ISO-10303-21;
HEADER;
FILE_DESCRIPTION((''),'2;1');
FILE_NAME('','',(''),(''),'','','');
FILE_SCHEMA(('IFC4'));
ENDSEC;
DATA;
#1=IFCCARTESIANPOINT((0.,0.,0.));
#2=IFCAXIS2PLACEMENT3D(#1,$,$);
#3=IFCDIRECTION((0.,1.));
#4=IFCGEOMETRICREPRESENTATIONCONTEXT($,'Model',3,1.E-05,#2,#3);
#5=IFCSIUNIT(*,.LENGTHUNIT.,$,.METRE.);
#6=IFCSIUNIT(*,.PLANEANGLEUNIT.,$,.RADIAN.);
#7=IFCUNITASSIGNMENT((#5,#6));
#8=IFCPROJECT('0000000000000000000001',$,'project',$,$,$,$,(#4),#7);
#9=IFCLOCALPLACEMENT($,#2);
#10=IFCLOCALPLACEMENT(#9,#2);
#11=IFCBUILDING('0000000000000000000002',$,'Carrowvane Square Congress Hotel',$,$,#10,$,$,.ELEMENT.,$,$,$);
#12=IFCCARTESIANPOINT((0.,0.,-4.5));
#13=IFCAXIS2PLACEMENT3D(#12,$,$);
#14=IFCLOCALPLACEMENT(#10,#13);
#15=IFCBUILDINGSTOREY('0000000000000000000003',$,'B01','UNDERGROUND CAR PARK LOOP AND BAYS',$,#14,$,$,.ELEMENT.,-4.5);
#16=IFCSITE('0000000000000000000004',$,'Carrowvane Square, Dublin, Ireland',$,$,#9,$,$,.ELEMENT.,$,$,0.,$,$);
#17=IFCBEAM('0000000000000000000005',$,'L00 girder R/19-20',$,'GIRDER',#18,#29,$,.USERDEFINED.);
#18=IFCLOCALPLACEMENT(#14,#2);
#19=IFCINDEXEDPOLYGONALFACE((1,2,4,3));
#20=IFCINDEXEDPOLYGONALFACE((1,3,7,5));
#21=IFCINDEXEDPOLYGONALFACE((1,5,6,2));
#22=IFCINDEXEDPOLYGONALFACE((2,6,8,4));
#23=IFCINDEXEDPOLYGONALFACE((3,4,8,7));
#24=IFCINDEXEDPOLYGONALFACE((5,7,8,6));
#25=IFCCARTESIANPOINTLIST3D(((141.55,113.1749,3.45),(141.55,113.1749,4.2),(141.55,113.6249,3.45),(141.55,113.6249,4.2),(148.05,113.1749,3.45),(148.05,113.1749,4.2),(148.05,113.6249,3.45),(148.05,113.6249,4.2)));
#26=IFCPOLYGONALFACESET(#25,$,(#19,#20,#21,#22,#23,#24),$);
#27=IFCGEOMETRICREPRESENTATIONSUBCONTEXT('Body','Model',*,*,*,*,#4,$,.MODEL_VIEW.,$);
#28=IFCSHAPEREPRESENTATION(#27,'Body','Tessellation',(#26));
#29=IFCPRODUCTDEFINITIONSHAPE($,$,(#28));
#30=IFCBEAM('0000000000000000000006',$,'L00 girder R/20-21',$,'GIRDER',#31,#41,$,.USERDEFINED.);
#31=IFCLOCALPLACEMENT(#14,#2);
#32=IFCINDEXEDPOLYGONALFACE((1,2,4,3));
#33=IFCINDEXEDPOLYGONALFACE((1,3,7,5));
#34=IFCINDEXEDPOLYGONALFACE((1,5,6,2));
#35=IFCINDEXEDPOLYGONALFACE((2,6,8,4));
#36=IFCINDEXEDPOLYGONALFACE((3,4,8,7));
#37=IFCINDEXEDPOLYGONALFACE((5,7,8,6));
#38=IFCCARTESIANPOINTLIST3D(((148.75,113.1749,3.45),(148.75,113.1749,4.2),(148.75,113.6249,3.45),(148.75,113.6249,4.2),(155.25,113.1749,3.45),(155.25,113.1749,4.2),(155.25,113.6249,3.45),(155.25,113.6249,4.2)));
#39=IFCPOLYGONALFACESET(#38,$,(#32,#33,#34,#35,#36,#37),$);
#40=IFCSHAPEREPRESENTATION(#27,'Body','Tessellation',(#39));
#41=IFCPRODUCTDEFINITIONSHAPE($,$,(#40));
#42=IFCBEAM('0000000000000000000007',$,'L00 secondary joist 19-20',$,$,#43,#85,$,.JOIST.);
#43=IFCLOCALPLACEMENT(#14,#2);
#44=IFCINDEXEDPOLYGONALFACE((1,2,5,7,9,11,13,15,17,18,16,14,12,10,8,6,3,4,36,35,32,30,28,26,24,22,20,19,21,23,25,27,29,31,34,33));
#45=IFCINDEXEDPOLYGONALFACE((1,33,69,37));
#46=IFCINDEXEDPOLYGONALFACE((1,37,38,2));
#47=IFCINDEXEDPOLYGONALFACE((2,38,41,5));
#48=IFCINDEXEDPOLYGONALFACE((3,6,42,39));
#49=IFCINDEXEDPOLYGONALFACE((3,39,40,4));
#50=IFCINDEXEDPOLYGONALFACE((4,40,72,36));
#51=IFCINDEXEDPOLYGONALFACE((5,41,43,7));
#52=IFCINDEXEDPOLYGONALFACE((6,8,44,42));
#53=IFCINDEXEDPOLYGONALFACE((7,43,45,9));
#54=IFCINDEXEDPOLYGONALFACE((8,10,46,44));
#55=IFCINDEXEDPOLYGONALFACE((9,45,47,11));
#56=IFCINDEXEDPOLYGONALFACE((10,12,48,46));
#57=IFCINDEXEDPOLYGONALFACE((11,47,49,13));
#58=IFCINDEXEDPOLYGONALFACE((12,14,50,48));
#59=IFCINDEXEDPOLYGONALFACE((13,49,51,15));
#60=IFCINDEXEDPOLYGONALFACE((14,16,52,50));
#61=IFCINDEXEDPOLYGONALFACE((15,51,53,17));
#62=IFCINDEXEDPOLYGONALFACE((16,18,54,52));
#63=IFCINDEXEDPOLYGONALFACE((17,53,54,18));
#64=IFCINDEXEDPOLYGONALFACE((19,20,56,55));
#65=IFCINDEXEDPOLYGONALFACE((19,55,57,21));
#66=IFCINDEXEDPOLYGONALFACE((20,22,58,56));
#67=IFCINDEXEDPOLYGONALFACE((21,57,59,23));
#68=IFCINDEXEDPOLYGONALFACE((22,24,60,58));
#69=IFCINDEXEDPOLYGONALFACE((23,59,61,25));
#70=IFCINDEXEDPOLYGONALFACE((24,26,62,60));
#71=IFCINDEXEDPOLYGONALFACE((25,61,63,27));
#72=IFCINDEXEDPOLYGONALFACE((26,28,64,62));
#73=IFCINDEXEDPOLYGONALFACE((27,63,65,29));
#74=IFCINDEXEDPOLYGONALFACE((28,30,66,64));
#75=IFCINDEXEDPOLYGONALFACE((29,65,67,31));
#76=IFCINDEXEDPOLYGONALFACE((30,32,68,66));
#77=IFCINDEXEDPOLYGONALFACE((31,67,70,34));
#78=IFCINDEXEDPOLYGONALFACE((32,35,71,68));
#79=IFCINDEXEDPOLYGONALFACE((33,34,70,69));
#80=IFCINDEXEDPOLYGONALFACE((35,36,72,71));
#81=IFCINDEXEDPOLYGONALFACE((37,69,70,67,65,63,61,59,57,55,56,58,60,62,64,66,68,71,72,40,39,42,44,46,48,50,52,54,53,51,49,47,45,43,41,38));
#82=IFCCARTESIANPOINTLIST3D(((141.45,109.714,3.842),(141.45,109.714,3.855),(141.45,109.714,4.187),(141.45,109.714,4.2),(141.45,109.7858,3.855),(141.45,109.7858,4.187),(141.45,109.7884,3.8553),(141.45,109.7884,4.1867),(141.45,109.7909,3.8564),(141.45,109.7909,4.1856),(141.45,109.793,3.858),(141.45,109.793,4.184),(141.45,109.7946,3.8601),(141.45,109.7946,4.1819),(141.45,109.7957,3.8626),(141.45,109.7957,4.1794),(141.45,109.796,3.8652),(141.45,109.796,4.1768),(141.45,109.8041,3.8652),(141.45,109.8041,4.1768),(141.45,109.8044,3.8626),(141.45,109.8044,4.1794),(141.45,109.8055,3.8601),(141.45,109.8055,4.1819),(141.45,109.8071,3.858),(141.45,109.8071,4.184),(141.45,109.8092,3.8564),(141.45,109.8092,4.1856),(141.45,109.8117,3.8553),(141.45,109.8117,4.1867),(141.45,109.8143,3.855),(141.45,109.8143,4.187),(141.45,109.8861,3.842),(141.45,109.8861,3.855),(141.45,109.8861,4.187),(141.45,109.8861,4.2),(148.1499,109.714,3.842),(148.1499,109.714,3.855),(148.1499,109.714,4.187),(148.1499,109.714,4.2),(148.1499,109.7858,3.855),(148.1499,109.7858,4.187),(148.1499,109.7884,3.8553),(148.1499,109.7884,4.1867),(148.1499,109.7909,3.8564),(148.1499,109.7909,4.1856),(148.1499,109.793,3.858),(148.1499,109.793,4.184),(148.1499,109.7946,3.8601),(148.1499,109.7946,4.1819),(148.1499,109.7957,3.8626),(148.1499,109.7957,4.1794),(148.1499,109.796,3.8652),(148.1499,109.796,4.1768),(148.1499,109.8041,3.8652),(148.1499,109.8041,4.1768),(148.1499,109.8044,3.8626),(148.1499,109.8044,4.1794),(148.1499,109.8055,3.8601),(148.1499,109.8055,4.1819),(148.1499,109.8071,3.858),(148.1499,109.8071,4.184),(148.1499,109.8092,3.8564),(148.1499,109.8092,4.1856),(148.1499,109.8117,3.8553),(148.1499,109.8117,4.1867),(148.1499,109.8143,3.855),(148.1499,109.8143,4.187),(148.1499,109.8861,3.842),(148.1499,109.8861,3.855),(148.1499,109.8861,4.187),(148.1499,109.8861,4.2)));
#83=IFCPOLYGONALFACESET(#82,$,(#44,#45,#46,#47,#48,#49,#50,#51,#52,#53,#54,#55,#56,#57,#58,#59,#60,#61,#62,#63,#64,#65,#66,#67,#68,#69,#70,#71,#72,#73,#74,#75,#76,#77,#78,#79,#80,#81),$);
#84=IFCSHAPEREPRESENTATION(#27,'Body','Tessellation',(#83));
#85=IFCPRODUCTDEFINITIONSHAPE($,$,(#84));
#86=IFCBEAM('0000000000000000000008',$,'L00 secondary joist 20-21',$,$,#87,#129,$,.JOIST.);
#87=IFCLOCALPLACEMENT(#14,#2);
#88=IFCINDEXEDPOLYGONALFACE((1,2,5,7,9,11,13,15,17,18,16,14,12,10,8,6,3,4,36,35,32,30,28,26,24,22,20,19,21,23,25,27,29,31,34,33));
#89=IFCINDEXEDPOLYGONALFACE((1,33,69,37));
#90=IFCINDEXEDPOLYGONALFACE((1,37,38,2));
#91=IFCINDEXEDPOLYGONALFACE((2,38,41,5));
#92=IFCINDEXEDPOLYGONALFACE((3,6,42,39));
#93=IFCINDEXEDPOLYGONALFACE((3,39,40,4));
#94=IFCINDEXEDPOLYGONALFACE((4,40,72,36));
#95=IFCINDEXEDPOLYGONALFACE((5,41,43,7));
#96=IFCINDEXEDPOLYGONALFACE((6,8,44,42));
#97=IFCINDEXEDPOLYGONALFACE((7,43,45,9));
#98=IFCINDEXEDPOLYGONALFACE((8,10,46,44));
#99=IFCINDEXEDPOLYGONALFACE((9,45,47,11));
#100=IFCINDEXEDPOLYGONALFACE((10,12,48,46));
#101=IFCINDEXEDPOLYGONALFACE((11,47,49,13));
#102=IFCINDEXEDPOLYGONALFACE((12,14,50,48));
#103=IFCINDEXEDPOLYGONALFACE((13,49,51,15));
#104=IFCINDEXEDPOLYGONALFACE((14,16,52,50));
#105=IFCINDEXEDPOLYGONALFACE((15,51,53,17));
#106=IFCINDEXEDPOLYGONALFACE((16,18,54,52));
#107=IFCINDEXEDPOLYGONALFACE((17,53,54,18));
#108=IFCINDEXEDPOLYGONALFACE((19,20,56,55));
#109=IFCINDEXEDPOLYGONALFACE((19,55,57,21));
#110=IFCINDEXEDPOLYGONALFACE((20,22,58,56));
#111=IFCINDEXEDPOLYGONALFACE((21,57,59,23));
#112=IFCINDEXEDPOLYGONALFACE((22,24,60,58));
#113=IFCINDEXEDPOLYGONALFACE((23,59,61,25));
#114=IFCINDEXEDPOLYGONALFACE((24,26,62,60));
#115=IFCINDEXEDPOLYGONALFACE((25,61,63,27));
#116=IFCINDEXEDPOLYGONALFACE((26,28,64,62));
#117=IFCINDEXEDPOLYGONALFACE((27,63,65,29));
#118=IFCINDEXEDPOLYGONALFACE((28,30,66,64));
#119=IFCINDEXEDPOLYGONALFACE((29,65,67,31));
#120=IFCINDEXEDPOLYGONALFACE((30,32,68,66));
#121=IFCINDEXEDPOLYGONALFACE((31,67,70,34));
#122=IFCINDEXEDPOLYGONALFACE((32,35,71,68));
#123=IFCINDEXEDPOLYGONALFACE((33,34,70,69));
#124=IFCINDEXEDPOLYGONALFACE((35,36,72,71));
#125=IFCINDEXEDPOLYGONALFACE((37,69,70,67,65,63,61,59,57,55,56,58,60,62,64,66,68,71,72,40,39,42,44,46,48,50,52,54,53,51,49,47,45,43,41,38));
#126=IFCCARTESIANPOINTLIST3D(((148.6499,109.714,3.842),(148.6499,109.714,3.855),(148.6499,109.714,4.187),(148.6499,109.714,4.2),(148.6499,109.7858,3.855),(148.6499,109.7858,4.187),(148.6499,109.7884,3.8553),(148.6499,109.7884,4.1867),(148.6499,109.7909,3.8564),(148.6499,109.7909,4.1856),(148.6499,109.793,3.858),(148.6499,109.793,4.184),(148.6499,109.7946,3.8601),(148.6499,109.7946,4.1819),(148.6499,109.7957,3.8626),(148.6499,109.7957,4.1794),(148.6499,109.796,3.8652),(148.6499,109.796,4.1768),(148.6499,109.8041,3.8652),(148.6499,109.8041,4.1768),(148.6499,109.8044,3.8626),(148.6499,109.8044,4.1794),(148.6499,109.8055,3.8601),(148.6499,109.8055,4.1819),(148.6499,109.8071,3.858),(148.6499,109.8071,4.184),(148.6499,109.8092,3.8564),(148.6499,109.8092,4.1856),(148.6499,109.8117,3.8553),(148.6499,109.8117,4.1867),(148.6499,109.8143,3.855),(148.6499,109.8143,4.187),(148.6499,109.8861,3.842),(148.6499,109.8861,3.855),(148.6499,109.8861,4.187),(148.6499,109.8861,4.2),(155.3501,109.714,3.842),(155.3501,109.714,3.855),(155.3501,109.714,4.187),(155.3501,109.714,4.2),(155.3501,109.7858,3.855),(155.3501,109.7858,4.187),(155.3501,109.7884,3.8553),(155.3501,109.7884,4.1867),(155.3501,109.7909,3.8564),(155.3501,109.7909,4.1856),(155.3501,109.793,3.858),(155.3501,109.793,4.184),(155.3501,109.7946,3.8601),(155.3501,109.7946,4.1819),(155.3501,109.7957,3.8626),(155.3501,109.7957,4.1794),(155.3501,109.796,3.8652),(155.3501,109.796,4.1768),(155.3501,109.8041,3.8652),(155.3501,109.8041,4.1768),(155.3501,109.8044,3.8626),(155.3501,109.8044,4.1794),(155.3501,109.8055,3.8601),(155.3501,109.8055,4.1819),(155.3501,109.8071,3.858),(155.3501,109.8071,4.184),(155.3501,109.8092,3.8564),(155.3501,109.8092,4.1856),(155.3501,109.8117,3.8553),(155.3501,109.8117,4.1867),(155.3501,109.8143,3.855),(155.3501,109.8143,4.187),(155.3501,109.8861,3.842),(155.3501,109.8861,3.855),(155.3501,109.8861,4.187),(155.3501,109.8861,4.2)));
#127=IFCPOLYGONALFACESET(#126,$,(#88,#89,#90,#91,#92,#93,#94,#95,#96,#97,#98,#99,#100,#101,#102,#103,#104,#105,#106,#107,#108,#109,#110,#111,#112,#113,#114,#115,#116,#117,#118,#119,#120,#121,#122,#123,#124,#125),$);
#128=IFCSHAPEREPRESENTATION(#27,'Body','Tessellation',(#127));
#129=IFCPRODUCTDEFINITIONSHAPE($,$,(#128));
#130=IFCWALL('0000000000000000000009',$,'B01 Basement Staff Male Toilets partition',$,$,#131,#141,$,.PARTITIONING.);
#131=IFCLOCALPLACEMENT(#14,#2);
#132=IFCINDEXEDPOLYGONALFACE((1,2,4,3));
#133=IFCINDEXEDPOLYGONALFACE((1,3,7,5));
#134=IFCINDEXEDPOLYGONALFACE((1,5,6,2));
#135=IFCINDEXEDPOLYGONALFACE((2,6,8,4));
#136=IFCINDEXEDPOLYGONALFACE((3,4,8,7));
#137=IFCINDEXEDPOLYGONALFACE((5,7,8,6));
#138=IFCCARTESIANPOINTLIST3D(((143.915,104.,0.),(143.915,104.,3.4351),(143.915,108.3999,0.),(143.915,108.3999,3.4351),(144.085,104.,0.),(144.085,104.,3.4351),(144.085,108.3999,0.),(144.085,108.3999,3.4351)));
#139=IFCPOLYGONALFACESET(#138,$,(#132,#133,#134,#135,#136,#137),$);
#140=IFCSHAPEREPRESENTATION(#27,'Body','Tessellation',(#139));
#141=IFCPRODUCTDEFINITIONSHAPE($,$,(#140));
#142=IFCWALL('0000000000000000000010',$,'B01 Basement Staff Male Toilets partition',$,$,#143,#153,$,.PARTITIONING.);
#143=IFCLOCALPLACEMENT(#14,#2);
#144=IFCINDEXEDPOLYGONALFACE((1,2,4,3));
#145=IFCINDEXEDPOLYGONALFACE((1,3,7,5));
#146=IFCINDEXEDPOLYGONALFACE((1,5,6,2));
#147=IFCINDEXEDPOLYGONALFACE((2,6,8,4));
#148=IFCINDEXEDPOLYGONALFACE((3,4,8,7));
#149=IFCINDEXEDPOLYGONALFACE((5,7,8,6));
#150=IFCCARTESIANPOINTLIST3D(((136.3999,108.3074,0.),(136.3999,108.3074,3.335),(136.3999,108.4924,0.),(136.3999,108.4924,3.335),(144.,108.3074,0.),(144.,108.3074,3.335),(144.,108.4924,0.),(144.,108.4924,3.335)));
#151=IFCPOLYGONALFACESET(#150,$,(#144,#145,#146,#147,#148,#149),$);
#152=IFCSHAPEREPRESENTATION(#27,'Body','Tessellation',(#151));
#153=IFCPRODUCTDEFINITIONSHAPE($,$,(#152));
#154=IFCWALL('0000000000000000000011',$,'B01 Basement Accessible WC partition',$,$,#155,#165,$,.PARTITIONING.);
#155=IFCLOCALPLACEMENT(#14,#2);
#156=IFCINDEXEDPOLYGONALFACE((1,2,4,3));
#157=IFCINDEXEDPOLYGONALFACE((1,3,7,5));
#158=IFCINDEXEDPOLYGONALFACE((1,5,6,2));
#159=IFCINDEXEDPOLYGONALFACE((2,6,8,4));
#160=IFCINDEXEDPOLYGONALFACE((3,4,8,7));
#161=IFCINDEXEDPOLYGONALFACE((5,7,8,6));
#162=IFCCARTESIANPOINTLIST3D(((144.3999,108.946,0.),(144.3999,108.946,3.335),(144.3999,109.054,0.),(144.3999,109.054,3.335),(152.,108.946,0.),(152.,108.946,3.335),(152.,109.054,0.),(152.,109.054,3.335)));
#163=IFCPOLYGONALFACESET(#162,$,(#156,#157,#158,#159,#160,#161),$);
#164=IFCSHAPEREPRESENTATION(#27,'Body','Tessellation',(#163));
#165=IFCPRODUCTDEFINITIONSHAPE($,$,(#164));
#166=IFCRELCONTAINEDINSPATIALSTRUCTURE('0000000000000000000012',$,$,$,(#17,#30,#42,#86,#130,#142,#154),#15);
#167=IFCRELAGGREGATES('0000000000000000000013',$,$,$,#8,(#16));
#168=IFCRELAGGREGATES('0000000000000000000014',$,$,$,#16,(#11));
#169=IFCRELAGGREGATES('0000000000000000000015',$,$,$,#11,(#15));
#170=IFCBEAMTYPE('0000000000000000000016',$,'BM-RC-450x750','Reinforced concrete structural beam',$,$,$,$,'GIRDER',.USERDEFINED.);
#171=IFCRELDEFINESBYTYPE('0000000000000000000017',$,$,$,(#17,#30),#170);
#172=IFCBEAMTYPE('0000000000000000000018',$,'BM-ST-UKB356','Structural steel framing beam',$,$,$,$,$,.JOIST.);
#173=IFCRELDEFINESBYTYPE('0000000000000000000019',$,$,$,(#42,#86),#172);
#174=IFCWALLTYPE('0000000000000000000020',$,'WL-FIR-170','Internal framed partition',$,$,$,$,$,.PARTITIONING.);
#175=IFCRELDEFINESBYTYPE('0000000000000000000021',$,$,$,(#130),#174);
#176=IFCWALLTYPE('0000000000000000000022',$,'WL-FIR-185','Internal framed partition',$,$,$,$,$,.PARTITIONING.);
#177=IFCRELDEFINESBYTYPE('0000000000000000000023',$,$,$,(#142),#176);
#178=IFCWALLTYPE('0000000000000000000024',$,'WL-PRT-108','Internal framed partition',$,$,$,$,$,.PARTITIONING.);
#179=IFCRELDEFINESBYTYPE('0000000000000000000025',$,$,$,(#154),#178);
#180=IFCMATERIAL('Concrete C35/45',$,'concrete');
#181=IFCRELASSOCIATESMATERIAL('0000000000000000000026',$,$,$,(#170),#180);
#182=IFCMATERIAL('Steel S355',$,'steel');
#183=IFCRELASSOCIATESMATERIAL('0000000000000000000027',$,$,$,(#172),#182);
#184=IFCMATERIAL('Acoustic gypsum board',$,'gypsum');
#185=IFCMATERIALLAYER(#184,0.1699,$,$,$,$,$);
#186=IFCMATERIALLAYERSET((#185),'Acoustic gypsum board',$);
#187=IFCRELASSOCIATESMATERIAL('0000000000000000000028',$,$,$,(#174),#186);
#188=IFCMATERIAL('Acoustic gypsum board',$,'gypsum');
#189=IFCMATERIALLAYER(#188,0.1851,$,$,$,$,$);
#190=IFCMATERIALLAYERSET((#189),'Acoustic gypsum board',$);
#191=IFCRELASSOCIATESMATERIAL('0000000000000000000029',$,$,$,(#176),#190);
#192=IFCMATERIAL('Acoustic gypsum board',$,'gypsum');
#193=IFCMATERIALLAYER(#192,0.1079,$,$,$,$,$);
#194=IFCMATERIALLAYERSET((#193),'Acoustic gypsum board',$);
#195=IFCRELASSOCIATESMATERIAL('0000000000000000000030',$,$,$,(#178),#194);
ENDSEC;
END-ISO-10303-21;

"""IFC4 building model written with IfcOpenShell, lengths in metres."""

from ifc_helpers import new_model, si_unit, direction, frame, frame_2d, origin, origin_2d, place, context, subcontext, project, spatial, rectangle, i_section, extrude, material, layer, layer_set, material_profile, profile_set, type_object, element, save


model = new_model("IFC4")

# Units and contexts
model_context = context("Model", 3, precision=1e-05, world=origin(), true_north=direction((0.0, 1.0)))
body_context = subcontext(model_context, "Body", "Model", "MODEL_VIEW")
ifc_project = project(units=[si_unit("LENGTHUNIT", "METRE"), si_unit("PLANEANGLEUNIT", "RADIAN")], contexts=[model_context])

# Site, building, storey
site_placement = place(None, origin())
site = spatial("IfcSite", under=ifc_project, at=site_placement, Name="Carrowvane Square, Dublin, Ireland", CompositionType="ELEMENT", RefElevation=0.0)
building_placement = place(site_placement, origin())
building = spatial("IfcBuilding", under=site, at=building_placement, Name="Carrowvane Square Congress Hotel", CompositionType="ELEMENT")
storey_placement = place(building_placement, frame((0.0, 0.0, -4.5)))
storey = spatial("IfcBuildingStorey", under=building, at=storey_placement, Name="B01", Description="UNDERGROUND CAR PARK LOOP AND BAYS", CompositionType="ELEMENT", Elevation=-4.5)

# Beams
ifc_material_1 = material(Name="Concrete C35/45", Category="concrete")
ifc_material_profile_1 = material_profile(ifc_material_1, rectangle(XDim=0.45, YDim=0.75, at=origin_2d()), Name="RC 450x750")
ifc_profile_set_1 = profile_set([ifc_material_profile_1], Name="Concrete C35/45")
beam_type_1 = type_object("IfcBeamType", Name="BM-RC-450x750", Description="Reinforced concrete structural beam", ElementType="GIRDER", PredefinedType="USERDEFINED", material=ifc_profile_set_1)
for number, where, z_axis, x_axis, name in (
    (1, (141.55, 113.3999, 3.825), (1.0, 0.0, 0.0), (0.0, 1.0, 0.0), "L00 girder R/19-20"),
    (2, (148.75, 113.3999, 3.825), (1.0, 0.0, 0.0), (0.0, 1.0, 0.0), "L00 girder R/20-21"),
):
    element("IfcBeam", number, at=place(storey_placement, frame(where, z_axis=z_axis, x_axis=x_axis)), inside=storey, type_object=beam_type_1, Name=name, ObjectType="GIRDER", PredefinedType="USERDEFINED", context=body_context, shape_type="SweptSolid", body=[
        extrude(rectangle(XDim=0.45, YDim=0.75, at=origin_2d()), origin(), (0.0, 0.0, 1.0), 6.5),
    ])
ifc_material_2 = material(Name="Steel S355", Category="steel")
ifc_material_profile_2 = material_profile(ifc_material_2, i_section(OverallWidth=0.1721, OverallDepth=0.3579, WebThickness=0.0081, FlangeThickness=0.0129, FilletRadius=0.0103, at=origin_2d()), Name="UKB 356x171x57")
ifc_profile_set_2 = profile_set([ifc_material_profile_2], Name="Steel S355")
beam_type_2 = type_object("IfcBeamType", Name="BM-ST-UKB356", Description="Structural steel framing beam", PredefinedType="JOIST", material=ifc_profile_set_2)
beam_1_placement = place(storey_placement, frame((141.45, 109.8, 4.021), z_axis=(1.0, 0.0, 0.0), x_axis=(0.0, 1.0, 0.0)))
element("IfcBeam", 3, at=beam_1_placement, inside=storey, type_object=beam_type_2, Name="L00 secondary joist 19-20", PredefinedType="JOIST", context=body_context, shape_type="SweptSolid", body=[
    extrude(i_section(OverallWidth=0.1721, OverallDepth=0.3579, WebThickness=0.0081, FlangeThickness=0.0129, FilletRadius=0.0103, at=origin_2d()), origin(), (0.0, 0.0, 1.0), 6.7),
])
beam_2_placement = place(storey_placement, frame((148.6499, 109.8, 4.021), z_axis=(1.0, 0.0, 0.0), x_axis=(0.0, 1.0, 0.0)))
element("IfcBeam", 4, at=beam_2_placement, inside=storey, type_object=beam_type_2, Name="L00 secondary joist 20-21", PredefinedType="JOIST", context=body_context, shape_type="SweptSolid", body=[
    extrude(i_section(OverallWidth=0.1721, OverallDepth=0.3579, WebThickness=0.0081, FlangeThickness=0.0129, FilletRadius=0.0103, at=origin_2d()), origin(), (0.0, 0.0, 1.0), 6.7002),
])

# Walls
ifc_material_3 = material(Name="Acoustic gypsum board", Category="gypsum")
ifc_layer_1 = layer(ifc_material_3, 0.1699)
ifc_layer_set_1 = layer_set([ifc_layer_1], Name="Acoustic gypsum board")
wall_type_1 = type_object("IfcWallType", Name="WL-FIR-170", Description="Internal framed partition", PredefinedType="PARTITIONING", material=ifc_layer_set_1)
wall_1_placement = place(storey_placement, frame((144.0, 108.3999, 0.0), z_axis=(0.0, 0.0, 1.0), x_axis=(0.0, -1.0, 0.0)))
element("IfcWall", 5, at=wall_1_placement, inside=storey, type_object=wall_type_1, Name="B01 Basement Staff Male Toilets partition", PredefinedType="PARTITIONING", context=body_context, shape_type="SweptSolid", body=[
    extrude(rectangle(XDim=4.3999, YDim=0.1699, at=frame_2d((2.2, 0.0))), origin(), (0.0, 0.0, 1.0), 3.4351),
])
ifc_material_4 = material(Name="Acoustic gypsum board", Category="gypsum")
ifc_layer_2 = layer(ifc_material_4, 0.1851)
ifc_layer_set_2 = layer_set([ifc_layer_2], Name="Acoustic gypsum board")
wall_type_2 = type_object("IfcWallType", Name="WL-FIR-185", Description="Internal framed partition", PredefinedType="PARTITIONING", material=ifc_layer_set_2)
wall_2_placement = place(storey_placement, frame((136.3999, 108.3999, 0.0), z_axis=(0.0, 0.0, 1.0), x_axis=(1.0, 0.0, 0.0)))
element("IfcWall", 6, at=wall_2_placement, inside=storey, type_object=wall_type_2, Name="B01 Basement Staff Male Toilets partition", PredefinedType="PARTITIONING", context=body_context, shape_type="SweptSolid", body=[
    extrude(rectangle(XDim=7.6001, YDim=0.1851, at=frame_2d((3.8, 0.0))), origin(), (0.0, 0.0, 1.0), 3.335),
])
ifc_material_5 = material(Name="Acoustic gypsum board", Category="gypsum")
ifc_layer_3 = layer(ifc_material_5, 0.1079)
ifc_layer_set_3 = layer_set([ifc_layer_3], Name="Acoustic gypsum board")
wall_type_3 = type_object("IfcWallType", Name="WL-PRT-108", Description="Internal framed partition", PredefinedType="PARTITIONING", material=ifc_layer_set_3)
wall_3_placement = place(storey_placement, frame((144.3999, 109.0, 0.0), z_axis=(0.0, 0.0, 1.0), x_axis=(1.0, 0.0, 0.0)))
element("IfcWall", 7, at=wall_3_placement, inside=storey, type_object=wall_type_3, Name="B01 Basement Accessible WC partition", PredefinedType="PARTITIONING", context=body_context, shape_type="SweptSolid", body=[
    extrude(rectangle(XDim=7.6001, YDim=0.1079, at=frame_2d((3.8, 0.0))), origin(), (0.0, 0.0, 1.0), 3.335),
])

save(model, "model.ifc")
